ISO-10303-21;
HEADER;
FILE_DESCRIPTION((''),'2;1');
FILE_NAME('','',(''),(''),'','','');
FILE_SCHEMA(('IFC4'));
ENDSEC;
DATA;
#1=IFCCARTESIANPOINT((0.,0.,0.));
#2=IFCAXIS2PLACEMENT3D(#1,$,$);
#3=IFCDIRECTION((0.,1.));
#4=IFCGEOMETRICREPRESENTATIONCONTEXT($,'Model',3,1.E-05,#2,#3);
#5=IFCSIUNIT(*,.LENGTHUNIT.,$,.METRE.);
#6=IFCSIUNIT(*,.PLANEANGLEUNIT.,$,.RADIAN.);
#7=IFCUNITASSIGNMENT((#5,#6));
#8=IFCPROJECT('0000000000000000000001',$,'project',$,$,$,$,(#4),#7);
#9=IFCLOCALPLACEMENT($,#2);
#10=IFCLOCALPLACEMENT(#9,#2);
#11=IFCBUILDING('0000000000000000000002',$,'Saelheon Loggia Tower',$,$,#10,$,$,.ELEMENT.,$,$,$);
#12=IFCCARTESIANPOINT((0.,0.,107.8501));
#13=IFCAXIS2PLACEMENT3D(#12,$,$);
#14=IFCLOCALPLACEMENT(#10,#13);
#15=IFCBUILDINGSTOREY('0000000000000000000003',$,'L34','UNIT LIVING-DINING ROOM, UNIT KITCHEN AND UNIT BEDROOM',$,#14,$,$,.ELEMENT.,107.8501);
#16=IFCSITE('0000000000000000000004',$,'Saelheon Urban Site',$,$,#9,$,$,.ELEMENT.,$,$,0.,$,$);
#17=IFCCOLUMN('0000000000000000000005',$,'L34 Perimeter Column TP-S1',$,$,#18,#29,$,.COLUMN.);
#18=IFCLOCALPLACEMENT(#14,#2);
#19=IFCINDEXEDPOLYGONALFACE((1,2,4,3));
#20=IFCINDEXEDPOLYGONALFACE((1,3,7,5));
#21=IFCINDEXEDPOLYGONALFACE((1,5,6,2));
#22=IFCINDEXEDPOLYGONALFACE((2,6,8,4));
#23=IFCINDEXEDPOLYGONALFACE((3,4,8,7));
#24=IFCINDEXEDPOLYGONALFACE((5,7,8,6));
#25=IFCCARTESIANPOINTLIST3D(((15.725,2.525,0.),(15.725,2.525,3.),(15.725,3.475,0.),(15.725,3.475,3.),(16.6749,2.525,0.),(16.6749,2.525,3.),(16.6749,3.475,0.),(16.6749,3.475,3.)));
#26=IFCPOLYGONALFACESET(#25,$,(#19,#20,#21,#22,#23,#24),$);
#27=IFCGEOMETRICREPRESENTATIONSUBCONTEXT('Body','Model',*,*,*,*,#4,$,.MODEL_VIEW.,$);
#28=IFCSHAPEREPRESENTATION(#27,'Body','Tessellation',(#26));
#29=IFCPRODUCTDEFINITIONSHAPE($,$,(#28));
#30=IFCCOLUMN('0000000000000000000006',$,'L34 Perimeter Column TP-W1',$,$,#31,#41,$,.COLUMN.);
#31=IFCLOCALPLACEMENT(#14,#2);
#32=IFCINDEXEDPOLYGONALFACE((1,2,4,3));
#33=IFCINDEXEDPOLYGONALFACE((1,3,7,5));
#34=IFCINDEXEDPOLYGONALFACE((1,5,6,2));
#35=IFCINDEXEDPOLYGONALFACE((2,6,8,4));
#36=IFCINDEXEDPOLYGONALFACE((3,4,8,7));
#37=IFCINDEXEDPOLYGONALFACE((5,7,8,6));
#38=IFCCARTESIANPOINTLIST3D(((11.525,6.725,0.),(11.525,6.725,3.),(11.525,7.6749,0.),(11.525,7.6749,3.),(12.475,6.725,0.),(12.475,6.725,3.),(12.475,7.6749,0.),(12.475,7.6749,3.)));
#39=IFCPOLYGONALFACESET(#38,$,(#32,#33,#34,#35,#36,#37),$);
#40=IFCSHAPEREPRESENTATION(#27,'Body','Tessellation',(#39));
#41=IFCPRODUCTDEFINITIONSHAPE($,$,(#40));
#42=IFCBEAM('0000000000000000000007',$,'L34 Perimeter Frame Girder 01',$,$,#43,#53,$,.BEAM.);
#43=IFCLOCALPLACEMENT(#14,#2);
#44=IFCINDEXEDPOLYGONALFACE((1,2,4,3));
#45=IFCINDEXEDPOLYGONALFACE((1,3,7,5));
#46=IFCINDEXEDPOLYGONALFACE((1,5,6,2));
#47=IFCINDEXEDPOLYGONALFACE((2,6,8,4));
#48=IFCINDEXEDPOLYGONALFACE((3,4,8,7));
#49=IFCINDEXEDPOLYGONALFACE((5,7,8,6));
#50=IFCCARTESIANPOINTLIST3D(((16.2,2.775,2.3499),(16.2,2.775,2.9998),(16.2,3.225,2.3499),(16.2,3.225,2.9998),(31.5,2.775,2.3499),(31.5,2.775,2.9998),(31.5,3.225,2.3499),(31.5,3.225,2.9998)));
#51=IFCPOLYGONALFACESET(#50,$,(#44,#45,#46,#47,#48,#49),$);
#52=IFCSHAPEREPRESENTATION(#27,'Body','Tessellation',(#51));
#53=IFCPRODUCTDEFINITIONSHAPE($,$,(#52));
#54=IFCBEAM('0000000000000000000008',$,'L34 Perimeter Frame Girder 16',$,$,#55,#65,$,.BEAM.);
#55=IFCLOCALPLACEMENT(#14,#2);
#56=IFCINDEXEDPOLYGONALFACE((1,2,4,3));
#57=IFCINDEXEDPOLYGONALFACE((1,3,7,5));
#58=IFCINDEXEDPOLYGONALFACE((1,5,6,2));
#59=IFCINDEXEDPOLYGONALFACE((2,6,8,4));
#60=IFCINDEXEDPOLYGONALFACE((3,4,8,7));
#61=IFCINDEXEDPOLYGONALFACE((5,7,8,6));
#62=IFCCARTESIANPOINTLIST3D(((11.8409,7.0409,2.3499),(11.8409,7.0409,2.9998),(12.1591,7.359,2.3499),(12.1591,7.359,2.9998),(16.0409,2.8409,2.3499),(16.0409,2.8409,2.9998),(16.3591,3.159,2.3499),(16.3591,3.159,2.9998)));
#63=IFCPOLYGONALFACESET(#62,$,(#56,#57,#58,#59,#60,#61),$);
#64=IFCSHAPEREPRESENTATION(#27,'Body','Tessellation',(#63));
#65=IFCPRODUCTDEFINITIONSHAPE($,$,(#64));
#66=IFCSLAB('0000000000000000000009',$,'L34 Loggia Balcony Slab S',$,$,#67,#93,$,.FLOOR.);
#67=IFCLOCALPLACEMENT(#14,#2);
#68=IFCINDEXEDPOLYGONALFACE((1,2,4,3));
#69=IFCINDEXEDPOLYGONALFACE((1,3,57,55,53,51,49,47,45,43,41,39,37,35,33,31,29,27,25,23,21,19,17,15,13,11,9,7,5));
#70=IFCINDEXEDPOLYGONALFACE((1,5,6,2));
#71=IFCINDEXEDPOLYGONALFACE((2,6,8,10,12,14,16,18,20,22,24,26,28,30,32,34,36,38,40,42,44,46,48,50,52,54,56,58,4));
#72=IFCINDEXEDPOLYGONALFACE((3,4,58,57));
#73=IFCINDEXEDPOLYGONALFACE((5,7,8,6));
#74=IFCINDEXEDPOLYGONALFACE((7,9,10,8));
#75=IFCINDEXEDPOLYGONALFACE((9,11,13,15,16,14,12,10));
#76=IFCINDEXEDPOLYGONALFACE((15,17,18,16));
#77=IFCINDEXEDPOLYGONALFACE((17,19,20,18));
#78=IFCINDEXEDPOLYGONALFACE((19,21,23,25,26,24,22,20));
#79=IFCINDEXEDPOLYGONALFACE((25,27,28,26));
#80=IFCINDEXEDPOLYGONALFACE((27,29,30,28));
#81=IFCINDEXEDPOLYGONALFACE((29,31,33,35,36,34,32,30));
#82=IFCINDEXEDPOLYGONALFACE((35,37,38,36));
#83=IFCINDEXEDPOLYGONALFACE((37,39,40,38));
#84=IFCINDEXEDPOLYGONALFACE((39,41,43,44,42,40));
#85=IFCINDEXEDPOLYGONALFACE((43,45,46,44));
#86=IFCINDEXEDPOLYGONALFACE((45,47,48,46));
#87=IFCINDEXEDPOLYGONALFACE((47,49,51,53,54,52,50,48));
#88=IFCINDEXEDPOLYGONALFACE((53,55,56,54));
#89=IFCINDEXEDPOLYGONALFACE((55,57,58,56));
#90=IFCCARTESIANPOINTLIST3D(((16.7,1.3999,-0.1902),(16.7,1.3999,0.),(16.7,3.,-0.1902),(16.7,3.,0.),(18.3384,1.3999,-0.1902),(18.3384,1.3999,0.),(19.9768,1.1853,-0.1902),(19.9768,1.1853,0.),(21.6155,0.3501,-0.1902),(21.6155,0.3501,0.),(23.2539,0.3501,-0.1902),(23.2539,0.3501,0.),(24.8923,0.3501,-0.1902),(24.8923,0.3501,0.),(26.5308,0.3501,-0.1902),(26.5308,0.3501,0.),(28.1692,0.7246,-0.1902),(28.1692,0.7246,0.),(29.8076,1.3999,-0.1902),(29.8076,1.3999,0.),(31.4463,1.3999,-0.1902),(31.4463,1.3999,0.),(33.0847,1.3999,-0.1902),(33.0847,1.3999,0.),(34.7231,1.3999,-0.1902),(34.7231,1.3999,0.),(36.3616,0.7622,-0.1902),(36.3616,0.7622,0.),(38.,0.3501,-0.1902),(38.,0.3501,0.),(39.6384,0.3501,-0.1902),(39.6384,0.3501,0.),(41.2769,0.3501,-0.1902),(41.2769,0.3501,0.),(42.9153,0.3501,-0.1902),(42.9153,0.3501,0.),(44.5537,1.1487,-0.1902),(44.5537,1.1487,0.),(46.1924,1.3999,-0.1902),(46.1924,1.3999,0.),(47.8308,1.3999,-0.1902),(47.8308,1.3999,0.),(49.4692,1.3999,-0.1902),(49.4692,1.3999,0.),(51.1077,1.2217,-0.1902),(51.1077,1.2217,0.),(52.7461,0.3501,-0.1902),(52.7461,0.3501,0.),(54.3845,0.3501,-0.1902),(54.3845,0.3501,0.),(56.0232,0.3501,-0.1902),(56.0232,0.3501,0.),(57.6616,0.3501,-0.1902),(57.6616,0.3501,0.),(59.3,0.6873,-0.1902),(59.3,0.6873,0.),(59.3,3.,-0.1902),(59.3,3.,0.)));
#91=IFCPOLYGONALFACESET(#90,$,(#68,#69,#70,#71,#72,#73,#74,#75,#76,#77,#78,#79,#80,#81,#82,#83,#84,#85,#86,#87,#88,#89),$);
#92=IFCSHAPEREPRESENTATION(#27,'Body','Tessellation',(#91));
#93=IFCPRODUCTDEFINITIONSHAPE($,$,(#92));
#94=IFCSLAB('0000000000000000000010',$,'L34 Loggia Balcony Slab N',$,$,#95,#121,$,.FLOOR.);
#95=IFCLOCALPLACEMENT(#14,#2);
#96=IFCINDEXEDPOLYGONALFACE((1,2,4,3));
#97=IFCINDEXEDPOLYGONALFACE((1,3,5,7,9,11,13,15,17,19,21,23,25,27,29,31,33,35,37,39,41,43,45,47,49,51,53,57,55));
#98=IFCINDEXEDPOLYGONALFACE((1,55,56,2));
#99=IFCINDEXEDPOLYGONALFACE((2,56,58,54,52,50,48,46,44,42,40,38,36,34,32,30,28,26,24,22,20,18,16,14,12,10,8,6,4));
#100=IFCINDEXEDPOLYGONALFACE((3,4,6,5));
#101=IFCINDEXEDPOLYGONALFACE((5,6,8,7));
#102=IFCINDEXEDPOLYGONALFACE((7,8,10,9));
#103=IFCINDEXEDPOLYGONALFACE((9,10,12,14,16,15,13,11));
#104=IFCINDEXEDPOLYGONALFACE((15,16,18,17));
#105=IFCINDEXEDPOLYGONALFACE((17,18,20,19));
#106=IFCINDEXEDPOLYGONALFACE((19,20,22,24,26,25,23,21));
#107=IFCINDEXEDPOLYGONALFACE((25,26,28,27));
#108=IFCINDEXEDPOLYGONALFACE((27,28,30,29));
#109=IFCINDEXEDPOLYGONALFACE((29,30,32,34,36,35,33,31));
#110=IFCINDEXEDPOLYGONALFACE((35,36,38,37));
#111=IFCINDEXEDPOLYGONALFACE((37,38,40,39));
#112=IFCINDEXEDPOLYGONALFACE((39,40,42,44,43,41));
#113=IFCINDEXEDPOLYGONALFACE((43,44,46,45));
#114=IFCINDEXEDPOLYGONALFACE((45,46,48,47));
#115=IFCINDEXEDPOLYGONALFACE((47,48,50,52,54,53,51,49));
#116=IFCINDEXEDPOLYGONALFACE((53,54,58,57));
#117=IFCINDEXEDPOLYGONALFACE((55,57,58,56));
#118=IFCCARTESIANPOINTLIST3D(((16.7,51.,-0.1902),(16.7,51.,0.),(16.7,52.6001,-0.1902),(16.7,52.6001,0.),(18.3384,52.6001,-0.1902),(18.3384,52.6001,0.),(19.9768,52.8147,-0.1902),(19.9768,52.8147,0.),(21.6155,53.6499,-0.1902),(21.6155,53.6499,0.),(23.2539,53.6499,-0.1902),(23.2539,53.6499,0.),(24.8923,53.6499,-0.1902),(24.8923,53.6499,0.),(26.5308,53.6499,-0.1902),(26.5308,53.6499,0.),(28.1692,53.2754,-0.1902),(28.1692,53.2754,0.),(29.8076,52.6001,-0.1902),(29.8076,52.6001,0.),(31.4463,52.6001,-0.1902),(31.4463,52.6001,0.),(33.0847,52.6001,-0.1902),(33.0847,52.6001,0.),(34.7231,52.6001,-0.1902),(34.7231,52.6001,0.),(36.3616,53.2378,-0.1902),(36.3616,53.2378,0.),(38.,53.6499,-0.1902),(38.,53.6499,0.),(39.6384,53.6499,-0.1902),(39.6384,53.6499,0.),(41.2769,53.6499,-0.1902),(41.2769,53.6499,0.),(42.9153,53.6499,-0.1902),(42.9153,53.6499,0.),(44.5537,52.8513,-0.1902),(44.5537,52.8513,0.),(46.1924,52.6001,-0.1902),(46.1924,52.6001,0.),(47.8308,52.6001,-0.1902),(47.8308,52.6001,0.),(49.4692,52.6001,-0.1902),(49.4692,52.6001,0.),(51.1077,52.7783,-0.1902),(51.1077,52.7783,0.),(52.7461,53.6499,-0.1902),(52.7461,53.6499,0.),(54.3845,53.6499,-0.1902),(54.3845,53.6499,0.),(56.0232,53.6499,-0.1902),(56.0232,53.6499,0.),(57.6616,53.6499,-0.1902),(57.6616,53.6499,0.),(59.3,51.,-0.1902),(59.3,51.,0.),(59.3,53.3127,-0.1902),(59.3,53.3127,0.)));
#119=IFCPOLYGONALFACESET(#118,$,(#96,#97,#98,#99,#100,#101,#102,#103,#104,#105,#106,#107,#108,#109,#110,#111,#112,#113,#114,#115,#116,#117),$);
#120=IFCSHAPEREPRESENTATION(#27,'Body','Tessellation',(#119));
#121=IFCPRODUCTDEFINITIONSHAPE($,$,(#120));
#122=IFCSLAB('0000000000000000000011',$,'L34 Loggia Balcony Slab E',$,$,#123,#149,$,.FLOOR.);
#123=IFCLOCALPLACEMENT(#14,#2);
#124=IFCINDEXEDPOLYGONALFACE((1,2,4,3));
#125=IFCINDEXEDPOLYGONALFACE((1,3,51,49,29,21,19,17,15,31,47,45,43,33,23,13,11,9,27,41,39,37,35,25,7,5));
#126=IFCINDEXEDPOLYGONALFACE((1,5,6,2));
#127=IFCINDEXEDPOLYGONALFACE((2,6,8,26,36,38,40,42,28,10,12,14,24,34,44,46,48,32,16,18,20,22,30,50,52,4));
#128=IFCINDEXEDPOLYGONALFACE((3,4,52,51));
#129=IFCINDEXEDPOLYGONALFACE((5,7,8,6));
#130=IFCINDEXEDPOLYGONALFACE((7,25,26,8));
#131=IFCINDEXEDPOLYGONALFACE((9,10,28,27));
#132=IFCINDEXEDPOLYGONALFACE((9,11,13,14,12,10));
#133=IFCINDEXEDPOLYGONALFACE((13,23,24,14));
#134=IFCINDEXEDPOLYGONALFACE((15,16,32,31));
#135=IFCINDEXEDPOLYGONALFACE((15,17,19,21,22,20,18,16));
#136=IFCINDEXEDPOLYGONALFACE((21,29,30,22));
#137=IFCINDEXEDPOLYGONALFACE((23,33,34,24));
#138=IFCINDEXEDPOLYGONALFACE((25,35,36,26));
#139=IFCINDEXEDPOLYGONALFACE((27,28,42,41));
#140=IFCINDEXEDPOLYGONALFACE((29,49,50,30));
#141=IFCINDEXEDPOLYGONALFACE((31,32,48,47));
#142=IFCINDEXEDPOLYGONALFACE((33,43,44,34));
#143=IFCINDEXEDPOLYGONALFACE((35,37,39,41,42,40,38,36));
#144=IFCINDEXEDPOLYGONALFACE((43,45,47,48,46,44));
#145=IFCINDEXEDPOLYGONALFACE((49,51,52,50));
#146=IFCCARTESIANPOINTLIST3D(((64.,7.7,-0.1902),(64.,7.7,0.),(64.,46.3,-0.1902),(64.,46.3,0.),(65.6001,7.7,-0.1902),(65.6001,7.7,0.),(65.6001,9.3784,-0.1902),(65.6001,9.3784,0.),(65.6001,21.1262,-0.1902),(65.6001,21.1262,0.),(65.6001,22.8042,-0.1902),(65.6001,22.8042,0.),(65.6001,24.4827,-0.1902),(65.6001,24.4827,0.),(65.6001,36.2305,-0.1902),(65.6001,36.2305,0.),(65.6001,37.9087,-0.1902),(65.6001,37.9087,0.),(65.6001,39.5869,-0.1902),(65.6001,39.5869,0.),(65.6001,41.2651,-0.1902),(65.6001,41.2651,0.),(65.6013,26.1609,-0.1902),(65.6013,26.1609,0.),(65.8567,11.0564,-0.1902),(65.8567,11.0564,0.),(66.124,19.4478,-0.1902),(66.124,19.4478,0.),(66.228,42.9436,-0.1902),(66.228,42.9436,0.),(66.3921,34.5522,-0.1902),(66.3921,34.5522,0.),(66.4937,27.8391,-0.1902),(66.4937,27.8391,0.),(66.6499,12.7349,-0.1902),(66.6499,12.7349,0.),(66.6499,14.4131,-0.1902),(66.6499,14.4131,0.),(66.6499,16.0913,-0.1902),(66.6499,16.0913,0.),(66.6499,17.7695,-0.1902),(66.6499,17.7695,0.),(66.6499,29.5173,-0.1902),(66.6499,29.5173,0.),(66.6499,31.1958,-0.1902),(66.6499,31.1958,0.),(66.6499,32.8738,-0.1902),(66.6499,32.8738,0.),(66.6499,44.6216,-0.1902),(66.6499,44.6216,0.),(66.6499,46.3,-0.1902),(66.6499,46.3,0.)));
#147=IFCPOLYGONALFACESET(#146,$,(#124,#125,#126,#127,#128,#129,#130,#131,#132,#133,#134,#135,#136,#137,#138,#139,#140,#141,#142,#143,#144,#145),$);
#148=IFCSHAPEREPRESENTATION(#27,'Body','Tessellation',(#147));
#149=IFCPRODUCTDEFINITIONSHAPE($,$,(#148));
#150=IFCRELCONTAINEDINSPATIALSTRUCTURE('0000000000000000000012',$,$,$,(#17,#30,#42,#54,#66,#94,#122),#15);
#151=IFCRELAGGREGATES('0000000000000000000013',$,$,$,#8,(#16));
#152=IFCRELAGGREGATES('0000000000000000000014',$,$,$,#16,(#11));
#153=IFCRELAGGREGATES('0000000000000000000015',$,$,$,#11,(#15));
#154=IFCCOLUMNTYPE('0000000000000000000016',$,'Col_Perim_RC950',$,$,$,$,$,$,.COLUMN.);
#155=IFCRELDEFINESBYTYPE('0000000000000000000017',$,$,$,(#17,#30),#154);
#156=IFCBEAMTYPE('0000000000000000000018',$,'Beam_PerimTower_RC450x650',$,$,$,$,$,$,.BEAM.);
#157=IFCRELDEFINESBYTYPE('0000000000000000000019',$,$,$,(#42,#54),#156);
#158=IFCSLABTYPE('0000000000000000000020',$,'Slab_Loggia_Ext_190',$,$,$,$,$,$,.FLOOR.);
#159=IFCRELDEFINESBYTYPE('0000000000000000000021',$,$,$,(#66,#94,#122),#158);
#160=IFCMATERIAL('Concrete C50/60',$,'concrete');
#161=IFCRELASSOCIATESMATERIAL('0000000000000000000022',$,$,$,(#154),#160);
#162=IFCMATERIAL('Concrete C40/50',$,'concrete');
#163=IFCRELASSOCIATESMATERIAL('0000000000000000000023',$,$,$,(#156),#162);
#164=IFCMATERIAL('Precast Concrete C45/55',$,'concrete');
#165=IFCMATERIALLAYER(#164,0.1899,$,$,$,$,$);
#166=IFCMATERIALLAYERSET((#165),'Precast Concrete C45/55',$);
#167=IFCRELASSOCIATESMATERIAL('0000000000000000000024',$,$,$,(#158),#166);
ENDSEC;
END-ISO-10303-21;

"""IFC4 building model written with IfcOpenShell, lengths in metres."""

from ifc_helpers import new_model, si_unit, direction, frame, origin, origin_2d, place, context, subcontext, project, spatial, polyline, rectangle, outline, extrude, source, transform, mapped, material, layer, layer_set, material_profile, profile_set, type_object, element, save


model = new_model("IFC4")

# Units and contexts
model_context = context("Model", 3, precision=1e-05, world=origin(), true_north=direction((0.0, 1.0)))
body_context = subcontext(model_context, "Body", "Model", "MODEL_VIEW")
ifc_project = project(units=[si_unit("LENGTHUNIT", "METRE"), si_unit("PLANEANGLEUNIT", "RADIAN")], contexts=[model_context])

# Site, building, storey
site_placement = place(None, origin())
site = spatial("IfcSite", under=ifc_project, at=site_placement, Name="Saelheon Urban Site", CompositionType="ELEMENT", RefElevation=0.0)
building_placement = place(site_placement, origin())
building = spatial("IfcBuilding", under=site, at=building_placement, Name="Saelheon Loggia Tower", CompositionType="ELEMENT")
storey_placement = place(building_placement, frame((0.0, 0.0, 107.8501)))
storey = spatial("IfcBuildingStorey", under=building, at=storey_placement, Name="L34", Description="UNIT LIVING-DINING ROOM, UNIT KITCHEN AND UNIT BEDROOM", CompositionType="ELEMENT", Elevation=107.8501)

# Columns
ifc_material_1 = material(Name="Concrete C50/60", Category="concrete")
ifc_material_profile_1 = material_profile(ifc_material_1, rectangle(XDim=0.95, YDim=0.95, at=origin_2d()), Name="RC-950x950")
ifc_profile_set_1 = profile_set([ifc_material_profile_1], Name="Concrete C50/60")
column_type = type_object("IfcColumnType", Name="Col_Perim_RC950", PredefinedType="COLUMN", material=ifc_profile_set_1)
shared_shape_1 = source(origin(), body_context, "Body", "SweptSolid", [
    extrude(rectangle(XDim=0.95, YDim=0.95, at=origin_2d()), origin(), (0.0, 0.0, 1.0), 3.0),
])
for number, where, z_axis, x_axis, name in (
    (1, (16.2, 3.0, 0.0), (0.0, 0.0, 1.0), (1.0, 0.0, 0.0), "L34 Perimeter Column TP-S1"),
    (2, (12.0, 7.2, 0.0), (0.0, 0.0, 1.0), (1.0, 0.0, 0.0), "L34 Perimeter Column TP-W1"),
):
    element("IfcColumn", number, at=place(storey_placement, frame(where, z_axis=z_axis, x_axis=x_axis)), inside=storey, type_object=column_type, Name=name, PredefinedType="COLUMN", context=body_context, shape_type="MappedRepresentation", body=[
        mapped(shared_shape_1, transform((0.0, 0.0, 0.0), scale=1.0)),
    ])

# Beams
ifc_material_2 = material(Name="Concrete C40/50", Category="concrete")
ifc_material_profile_2 = material_profile(ifc_material_2, rectangle(XDim=0.45, YDim=0.6499, at=origin_2d()), Name="RC-450x650")
ifc_profile_set_2 = profile_set([ifc_material_profile_2], Name="Concrete C40/50")
beam_type = type_object("IfcBeamType", Name="Beam_PerimTower_RC450x650", PredefinedType="BEAM", material=ifc_profile_set_2)
shared_shape_2 = source(origin(), body_context, "Body", "SweptSolid", [
    extrude(rectangle(XDim=0.45, YDim=0.6499, at=origin_2d()), origin(), (0.0, 0.0, 1.0), 15.3),
])
beam_1_placement = place(storey_placement, frame((16.2, 3.0, 2.6748), z_axis=(1.0, 0.0, 0.0), x_axis=(0.0, 1.0, 0.0)))
element("IfcBeam", 3, at=beam_1_placement, inside=storey, type_object=beam_type, Name="L34 Perimeter Frame Girder 01", PredefinedType="BEAM", context=body_context, shape_type="MappedRepresentation", body=[
    mapped(shared_shape_2, transform((0.0, 0.0, 0.0), scale=1.0)),
])
shared_shape_3 = source(origin(), body_context, "Body", "SweptSolid", [
    extrude(rectangle(XDim=0.45, YDim=0.6499, at=origin_2d()), origin(), (0.0, 0.0, 1.0), 5.9397),
])
beam_2_placement = place(storey_placement, frame((12.0, 7.2, 2.6748), z_axis=(0.707107, -0.707107, 0.0), x_axis=(0.707107, 0.707107, 0.0)))
element("IfcBeam", 4, at=beam_2_placement, inside=storey, type_object=beam_type, Name="L34 Perimeter Frame Girder 16", PredefinedType="BEAM", context=body_context, shape_type="MappedRepresentation", body=[
    mapped(shared_shape_3, transform((0.0, 0.0, 0.0), scale=1.0)),
])

# Slabs
ifc_material_3 = material(Name="Precast Concrete C45/55", Category="concrete")
ifc_layer_1 = layer(ifc_material_3, 0.1899)
ifc_layer_set_1 = layer_set([ifc_layer_1], Name="Precast Concrete C45/55")
slab_type_1 = type_object("IfcSlabType", Name="Slab_Loggia_Ext_190", PredefinedType="FLOOR", material=ifc_layer_set_1)
slab_1_placement = place(storey_placement, frame((0.0, 0.0, -0.1902)))
element("IfcSlab", 5, at=slab_1_placement, inside=storey, type_object=slab_type_1, Name="L34 Loggia Balcony Slab S", PredefinedType="FLOOR", context=body_context, shape_type="SweptSolid", body=[
    extrude(outline(polyline([(16.7, 1.3999), (18.3384, 1.3999), (19.9768, 1.1853), (21.6155, 0.3501), (23.2539, 0.3501), (24.8923, 0.3501), (26.5308, 0.3501), (28.1692, 0.7246), (29.8076, 1.3999), (31.4463, 1.3999), (33.0847, 1.3999), (34.7231, 1.3999), (36.3616, 0.7622), (38.0, 0.3501), (39.6384, 0.3501), (41.2769, 0.3501), (42.9153, 0.3501), (44.5537, 1.1487), (46.1924, 1.3999), (47.8308, 1.3999), (49.4692, 1.3999), (51.1077, 1.2217), (52.7461, 0.3501), (54.3845, 0.3501), (56.0232, 0.3501), (57.6616, 0.3501), (59.3, 0.6873), (59.3, 3.0), (16.7, 3.0), (16.7, 1.3999)])), origin(), (0.0, 0.0, 1.0), 0.1902),
])
slab_2_placement = place(storey_placement, frame((0.0, 0.0, -0.1902)))
element("IfcSlab", 6, at=slab_2_placement, inside=storey, type_object=slab_type_1, Name="L34 Loggia Balcony Slab N", PredefinedType="FLOOR", context=body_context, shape_type="SweptSolid", body=[
    extrude(outline(polyline([(16.7, 51.0), (59.3, 51.0), (59.3, 53.3127), (57.6616, 53.6499), (56.0232, 53.6499), (54.3845, 53.6499), (52.7461, 53.6499), (51.1077, 52.7783), (49.4692, 52.6001), (47.8308, 52.6001), (46.1924, 52.6001), (44.5537, 52.8513), (42.9153, 53.6499), (41.2769, 53.6499), (39.6384, 53.6499), (38.0, 53.6499), (36.3616, 53.2378), (34.7231, 52.6001), (33.0847, 52.6001), (31.4463, 52.6001), (29.8076, 52.6001), (28.1692, 53.2754), (26.5308, 53.6499), (24.8923, 53.6499), (23.2539, 53.6499), (21.6155, 53.6499), (19.9768, 52.8147), (18.3384, 52.6001), (16.7, 52.6001), (16.7, 51.0)])), origin(), (0.0, 0.0, 1.0), 0.1902),
])
slab_3_placement = place(storey_placement, frame((0.0, 0.0, -0.1902)))
element("IfcSlab", 7, at=slab_3_placement, inside=storey, type_object=slab_type_1, Name="L34 Loggia Balcony Slab E", PredefinedType="FLOOR", context=body_context, shape_type="SweptSolid", body=[
    extrude(outline(polyline([(64.0, 7.7), (65.6001, 7.7), (65.6001, 9.3784), (65.8567, 11.0564), (66.6499, 12.7349), (66.6499, 14.4131), (66.6499, 16.0913), (66.6499, 17.7695), (66.124, 19.4478), (65.6001, 21.1262), (65.6001, 22.8042), (65.6001, 24.4827), (65.6013, 26.1609), (66.4937, 27.8391), (66.6499, 29.5173), (66.6499, 31.1958), (66.6499, 32.8738), (66.3921, 34.5522), (65.6001, 36.2305), (65.6001, 37.9087), (65.6001, 39.5869), (65.6001, 41.2651), (66.228, 42.9436), (66.6499, 44.6216), (66.6499, 46.3), (64.0, 46.3), (64.0, 7.7)])), origin(), (0.0, 0.0, 1.0), 0.1902),
])

save(model, "model.ifc")
